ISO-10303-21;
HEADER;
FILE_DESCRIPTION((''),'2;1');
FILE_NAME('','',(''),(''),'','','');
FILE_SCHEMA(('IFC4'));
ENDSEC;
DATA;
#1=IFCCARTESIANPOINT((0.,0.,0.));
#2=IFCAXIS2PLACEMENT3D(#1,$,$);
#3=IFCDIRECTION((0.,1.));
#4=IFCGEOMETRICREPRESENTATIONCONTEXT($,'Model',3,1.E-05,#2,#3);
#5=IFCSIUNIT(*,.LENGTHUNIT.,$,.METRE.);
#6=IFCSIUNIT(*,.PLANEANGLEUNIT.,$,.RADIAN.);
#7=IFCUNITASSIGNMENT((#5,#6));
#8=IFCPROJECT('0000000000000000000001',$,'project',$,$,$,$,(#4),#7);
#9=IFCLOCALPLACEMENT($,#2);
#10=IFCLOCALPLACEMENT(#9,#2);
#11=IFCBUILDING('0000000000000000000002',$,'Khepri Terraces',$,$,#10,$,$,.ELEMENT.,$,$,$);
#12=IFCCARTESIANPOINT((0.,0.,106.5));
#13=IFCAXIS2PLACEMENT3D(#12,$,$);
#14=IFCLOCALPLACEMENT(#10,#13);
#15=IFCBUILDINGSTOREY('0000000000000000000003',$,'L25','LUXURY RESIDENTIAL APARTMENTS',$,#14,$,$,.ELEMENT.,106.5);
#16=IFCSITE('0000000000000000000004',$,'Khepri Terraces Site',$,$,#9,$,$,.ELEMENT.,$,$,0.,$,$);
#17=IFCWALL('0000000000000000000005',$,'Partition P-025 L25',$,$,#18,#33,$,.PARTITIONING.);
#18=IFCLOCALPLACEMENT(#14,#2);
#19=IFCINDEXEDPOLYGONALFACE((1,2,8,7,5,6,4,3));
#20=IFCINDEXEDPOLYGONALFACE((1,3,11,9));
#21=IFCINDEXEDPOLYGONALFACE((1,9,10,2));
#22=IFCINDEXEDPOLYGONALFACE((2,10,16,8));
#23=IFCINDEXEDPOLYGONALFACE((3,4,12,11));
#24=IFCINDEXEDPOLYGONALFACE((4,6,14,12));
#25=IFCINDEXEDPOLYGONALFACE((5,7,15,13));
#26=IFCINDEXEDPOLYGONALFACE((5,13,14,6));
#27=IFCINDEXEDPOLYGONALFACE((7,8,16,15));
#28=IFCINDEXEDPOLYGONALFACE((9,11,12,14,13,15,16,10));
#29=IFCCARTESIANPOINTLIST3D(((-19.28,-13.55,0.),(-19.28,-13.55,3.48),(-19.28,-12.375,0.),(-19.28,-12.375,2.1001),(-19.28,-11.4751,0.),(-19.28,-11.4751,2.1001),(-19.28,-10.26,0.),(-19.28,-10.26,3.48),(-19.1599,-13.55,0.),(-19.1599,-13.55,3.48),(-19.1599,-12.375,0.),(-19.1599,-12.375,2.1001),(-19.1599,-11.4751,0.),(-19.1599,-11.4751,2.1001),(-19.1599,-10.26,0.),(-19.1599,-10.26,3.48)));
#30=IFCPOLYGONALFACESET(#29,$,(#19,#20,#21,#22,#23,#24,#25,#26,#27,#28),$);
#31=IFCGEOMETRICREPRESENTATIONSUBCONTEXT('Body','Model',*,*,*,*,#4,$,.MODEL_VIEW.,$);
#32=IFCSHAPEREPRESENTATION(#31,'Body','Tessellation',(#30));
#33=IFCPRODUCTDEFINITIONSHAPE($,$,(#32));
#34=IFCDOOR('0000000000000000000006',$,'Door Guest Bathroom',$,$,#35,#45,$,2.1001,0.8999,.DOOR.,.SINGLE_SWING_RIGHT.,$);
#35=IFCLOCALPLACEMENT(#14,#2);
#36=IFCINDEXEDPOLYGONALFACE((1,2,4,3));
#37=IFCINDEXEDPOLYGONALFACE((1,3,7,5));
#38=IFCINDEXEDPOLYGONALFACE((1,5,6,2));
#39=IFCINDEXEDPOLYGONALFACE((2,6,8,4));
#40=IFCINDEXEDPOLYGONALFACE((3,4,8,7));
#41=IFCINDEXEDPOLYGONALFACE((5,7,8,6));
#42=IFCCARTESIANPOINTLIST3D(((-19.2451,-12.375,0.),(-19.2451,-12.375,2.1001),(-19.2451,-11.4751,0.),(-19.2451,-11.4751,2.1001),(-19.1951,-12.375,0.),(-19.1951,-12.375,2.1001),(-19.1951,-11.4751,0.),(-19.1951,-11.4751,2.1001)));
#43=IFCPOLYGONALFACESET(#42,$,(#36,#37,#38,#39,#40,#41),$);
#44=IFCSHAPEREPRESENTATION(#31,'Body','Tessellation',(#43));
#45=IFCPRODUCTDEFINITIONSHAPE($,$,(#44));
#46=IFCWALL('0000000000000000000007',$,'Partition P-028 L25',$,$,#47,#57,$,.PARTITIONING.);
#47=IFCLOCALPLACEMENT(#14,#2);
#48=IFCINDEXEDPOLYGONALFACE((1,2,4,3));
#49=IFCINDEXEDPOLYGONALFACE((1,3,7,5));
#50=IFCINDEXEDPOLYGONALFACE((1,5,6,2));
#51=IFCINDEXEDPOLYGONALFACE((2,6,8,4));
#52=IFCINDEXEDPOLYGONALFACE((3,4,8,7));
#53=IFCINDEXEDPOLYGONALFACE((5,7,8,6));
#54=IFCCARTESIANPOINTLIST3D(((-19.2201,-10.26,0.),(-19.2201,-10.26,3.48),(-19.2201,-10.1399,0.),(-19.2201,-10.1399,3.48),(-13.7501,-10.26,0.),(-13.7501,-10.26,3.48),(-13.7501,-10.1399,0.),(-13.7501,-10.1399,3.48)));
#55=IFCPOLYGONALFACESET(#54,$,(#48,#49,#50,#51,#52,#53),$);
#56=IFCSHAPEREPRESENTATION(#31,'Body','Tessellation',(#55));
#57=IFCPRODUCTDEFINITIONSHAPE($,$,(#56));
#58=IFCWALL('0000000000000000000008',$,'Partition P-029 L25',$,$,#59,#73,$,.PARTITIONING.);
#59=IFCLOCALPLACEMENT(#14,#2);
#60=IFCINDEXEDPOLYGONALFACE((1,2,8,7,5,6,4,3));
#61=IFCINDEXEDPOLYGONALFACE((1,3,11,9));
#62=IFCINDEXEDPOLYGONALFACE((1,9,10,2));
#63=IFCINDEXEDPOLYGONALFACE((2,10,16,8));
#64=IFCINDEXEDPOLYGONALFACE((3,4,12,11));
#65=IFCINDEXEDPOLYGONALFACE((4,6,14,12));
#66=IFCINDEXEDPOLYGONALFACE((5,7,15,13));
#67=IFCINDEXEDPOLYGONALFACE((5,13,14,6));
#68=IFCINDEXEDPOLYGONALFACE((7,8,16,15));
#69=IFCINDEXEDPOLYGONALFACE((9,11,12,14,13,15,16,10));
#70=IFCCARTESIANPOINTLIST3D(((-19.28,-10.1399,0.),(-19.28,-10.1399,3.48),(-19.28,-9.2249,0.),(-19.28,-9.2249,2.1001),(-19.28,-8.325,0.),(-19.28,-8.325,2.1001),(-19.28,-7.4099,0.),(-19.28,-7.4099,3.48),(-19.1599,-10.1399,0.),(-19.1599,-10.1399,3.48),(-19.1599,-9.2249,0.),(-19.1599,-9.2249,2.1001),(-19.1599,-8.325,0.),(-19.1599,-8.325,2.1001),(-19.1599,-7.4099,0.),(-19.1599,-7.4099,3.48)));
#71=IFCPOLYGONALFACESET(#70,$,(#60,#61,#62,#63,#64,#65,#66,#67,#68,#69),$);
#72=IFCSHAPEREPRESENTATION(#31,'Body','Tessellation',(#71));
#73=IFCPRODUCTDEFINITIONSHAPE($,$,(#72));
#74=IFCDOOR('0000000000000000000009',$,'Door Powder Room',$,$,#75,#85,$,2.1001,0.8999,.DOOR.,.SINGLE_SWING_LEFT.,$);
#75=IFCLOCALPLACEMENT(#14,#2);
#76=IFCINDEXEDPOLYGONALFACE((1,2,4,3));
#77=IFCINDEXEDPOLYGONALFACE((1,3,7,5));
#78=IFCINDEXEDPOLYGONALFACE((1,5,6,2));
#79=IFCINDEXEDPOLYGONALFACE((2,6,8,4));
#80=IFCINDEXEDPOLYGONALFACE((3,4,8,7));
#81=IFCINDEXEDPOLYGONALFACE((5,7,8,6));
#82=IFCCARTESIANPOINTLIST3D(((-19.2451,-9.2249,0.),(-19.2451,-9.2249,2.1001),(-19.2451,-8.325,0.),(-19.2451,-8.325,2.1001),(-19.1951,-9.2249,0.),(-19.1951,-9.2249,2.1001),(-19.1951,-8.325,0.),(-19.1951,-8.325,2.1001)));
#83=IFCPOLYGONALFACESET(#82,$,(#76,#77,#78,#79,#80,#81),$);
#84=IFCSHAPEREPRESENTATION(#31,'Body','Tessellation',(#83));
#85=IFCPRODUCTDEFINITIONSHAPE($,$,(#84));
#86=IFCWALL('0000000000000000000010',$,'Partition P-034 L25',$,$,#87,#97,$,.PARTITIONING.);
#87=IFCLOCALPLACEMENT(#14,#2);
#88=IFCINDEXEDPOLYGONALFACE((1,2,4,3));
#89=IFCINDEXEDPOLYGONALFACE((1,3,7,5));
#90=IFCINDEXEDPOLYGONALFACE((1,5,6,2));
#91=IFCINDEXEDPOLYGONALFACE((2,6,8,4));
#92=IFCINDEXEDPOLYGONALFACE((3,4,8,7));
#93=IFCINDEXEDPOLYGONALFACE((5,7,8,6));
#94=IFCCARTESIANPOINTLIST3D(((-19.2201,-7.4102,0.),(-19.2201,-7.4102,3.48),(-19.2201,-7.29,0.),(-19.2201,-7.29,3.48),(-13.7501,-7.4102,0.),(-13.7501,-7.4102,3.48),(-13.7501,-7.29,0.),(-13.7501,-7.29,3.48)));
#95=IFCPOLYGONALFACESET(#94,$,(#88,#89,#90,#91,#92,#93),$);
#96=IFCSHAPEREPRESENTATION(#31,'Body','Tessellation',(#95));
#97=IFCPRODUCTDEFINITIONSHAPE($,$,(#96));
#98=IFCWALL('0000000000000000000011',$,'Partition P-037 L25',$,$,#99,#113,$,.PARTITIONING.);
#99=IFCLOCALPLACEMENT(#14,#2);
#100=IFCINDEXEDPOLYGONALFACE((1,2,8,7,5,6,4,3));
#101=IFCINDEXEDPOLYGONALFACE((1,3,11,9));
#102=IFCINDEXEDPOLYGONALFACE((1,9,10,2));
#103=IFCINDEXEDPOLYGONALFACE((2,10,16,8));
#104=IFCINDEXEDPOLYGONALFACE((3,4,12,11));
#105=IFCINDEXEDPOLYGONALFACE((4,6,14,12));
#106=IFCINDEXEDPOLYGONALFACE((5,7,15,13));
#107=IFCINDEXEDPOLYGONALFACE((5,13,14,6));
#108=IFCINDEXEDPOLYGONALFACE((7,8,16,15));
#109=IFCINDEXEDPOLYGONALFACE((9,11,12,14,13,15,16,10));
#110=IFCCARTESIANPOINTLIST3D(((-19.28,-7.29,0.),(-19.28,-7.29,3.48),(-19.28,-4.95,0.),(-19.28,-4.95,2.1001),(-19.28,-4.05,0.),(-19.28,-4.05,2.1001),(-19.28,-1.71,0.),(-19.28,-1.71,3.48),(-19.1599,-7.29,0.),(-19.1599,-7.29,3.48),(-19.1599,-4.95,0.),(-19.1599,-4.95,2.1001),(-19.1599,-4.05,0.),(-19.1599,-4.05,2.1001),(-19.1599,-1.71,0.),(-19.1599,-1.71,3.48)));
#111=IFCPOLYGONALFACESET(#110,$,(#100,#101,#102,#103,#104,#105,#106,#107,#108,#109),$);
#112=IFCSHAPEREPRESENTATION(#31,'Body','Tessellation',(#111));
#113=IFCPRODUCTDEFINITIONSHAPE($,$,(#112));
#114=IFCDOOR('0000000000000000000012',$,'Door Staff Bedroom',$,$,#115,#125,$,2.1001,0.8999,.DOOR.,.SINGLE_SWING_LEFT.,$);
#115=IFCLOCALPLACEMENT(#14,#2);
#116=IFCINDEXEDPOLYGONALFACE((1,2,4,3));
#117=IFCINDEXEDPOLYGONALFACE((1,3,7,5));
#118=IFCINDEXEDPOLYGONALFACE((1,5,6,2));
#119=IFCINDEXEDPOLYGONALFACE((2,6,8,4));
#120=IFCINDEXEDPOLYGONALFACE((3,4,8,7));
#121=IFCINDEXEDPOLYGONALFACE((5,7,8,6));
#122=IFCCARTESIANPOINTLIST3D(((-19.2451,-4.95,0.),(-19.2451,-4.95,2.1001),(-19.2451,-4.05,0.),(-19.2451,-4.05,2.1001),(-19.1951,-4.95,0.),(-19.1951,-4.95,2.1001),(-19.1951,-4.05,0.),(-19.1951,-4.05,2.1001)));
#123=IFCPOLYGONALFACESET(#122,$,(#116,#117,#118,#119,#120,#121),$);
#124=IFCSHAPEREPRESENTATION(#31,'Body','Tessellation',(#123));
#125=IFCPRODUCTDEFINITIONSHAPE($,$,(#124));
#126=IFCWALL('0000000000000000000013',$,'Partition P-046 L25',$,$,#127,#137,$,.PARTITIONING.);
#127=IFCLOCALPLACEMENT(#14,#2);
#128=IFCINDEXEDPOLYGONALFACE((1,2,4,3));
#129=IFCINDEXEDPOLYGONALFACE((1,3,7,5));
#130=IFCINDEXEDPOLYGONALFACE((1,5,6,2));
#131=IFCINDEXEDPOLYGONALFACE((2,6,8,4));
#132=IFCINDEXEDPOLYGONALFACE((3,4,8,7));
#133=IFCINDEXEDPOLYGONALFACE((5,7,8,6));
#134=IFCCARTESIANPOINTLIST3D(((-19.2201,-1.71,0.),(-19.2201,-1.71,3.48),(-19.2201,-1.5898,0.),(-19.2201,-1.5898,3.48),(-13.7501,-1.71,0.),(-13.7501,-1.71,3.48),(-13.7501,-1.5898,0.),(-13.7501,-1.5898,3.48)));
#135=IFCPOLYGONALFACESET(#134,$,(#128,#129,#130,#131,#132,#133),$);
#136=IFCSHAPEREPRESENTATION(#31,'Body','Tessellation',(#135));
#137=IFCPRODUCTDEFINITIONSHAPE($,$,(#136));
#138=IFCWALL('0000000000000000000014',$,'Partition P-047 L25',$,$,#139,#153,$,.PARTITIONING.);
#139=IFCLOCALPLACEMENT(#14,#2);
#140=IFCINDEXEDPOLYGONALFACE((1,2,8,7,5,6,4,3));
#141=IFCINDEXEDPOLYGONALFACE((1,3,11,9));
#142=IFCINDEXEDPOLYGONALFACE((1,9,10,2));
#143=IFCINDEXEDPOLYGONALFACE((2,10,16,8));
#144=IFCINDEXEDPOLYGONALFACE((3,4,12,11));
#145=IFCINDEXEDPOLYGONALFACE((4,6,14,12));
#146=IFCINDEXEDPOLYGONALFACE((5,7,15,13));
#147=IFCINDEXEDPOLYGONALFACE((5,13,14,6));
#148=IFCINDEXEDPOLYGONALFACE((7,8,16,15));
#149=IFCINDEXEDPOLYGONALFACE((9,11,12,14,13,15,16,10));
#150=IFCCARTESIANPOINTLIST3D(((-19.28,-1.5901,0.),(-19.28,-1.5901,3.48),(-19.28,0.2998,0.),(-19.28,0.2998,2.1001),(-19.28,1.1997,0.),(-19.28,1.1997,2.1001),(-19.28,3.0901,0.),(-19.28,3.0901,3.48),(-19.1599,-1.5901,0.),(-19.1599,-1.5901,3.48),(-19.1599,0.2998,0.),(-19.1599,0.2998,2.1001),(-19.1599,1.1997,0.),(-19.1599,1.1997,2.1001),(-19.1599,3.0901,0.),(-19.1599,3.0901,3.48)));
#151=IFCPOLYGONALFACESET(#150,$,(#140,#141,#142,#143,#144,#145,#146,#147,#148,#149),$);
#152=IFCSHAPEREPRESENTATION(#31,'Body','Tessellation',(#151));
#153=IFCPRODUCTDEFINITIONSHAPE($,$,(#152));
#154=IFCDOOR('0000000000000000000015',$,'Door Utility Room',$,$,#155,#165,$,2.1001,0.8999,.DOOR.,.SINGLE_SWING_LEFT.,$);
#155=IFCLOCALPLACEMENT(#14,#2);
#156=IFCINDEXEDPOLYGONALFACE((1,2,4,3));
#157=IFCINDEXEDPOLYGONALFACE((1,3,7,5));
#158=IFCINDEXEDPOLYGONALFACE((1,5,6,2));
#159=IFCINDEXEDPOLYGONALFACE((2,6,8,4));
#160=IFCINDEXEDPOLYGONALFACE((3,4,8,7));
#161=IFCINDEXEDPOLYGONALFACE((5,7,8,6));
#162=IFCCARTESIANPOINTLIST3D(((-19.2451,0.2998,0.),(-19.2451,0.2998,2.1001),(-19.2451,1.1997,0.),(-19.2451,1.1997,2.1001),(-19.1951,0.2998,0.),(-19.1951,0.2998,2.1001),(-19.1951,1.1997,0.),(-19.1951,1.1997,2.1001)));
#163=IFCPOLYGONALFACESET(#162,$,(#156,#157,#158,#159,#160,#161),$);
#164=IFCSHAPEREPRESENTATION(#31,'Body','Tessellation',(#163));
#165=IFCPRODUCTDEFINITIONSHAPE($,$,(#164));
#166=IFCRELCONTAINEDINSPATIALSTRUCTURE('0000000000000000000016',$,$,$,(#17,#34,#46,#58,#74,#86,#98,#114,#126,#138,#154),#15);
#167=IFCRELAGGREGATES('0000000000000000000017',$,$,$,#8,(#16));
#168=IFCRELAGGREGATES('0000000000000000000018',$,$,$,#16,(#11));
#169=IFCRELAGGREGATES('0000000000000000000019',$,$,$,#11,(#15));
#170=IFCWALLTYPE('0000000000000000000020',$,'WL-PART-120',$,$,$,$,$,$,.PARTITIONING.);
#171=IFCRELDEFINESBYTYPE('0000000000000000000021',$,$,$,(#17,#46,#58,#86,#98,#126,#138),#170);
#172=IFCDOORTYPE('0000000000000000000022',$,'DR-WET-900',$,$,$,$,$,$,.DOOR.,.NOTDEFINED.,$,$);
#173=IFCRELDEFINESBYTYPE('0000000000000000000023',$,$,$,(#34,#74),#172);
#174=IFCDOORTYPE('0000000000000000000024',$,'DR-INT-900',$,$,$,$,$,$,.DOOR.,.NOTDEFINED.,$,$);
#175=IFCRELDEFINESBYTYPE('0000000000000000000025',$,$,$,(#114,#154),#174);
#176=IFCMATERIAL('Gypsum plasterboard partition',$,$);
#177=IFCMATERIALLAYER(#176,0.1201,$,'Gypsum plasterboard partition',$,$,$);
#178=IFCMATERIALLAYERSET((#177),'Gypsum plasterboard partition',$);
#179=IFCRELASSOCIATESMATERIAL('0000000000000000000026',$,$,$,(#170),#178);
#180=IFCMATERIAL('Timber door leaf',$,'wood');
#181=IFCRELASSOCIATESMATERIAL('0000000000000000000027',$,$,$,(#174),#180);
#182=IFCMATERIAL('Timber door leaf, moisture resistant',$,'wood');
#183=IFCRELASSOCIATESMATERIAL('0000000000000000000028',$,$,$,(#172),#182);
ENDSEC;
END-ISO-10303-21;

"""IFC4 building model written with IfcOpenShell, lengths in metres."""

from ifc_helpers import new_model, si_unit, direction, frame, frame_2d, origin, place, context, subcontext, project, spatial, rectangle, extrude, material, layer, layer_set, type_object, element, fill, save


model = new_model("IFC4")

# Units and contexts
model_context = context("Model", 3, precision=1e-05, world=origin(), true_north=direction((0.0, 1.0)))
body_context = subcontext(model_context, "Body", "Model", "MODEL_VIEW")
ifc_project = project(units=[si_unit("LENGTHUNIT", "METRE"), si_unit("PLANEANGLEUNIT", "RADIAN")], contexts=[model_context])

# Site, building, storey
site_placement = place(None, origin())
site = spatial("IfcSite", under=ifc_project, at=site_placement, Name="Khepri Terraces Site", CompositionType="ELEMENT", RefElevation=0.0)
building_placement = place(site_placement, origin())
building = spatial("IfcBuilding", under=site, at=building_placement, Name="Khepri Terraces", CompositionType="ELEMENT")
storey_placement = place(building_placement, frame((0.0, 0.0, 106.5)))
storey = spatial("IfcBuildingStorey", under=building, at=storey_placement, Name="L25", Description="LUXURY RESIDENTIAL APARTMENTS", CompositionType="ELEMENT", Elevation=106.5)

# Wall, opening, door
ifc_material_1 = material(Name="Gypsum plasterboard partition")
ifc_layer_1 = layer(ifc_material_1, 0.1201, Name="Gypsum plasterboard partition")
ifc_layer_set_1 = layer_set([ifc_layer_1], Name="Gypsum plasterboard partition")
wall_type_1 = type_object("IfcWallType", Name="WL-PART-120", PredefinedType="PARTITIONING", material=ifc_layer_set_1)
ifc_material_2 = material(Name="Timber door leaf", Category="wood")
door_type_1 = type_object("IfcDoorType", Name="DR-INT-900", OperationType="NOTDEFINED", PredefinedType="DOOR", material=ifc_material_2)
wall_1_placement = place(storey_placement, frame((-19.22, -13.55, 0.0), z_axis=(0.0, 0.0, 1.0), x_axis=(0.0, 1.0, 0.0)))
wall_1 = element("IfcWall", 1, at=wall_1_placement, inside=storey, type_object=wall_type_1, Name="Partition P-025 L25", PredefinedType="PARTITIONING", context=body_context, shape_type="SweptSolid", body=[
    extrude(rectangle(XDim=3.29, YDim=0.1201, at=frame_2d((1.645, 0.0))), origin(), (0.0, 0.0, 1.0), 3.48),
])
opening_1_placement = place(wall_1_placement, frame((1.175, 0.0, 0.0)))
opening_1 = element("IfcOpeningElement", 2, at=opening_1_placement, cuts=wall_1, PredefinedType="OPENING", context=body_context, shape_type="SweptSolid", body=[
    extrude(rectangle(XDim=0.8999, YDim=2.1001, at=frame_2d((0.45, 1.05))), frame((0.0, 0.0701, 0.0), z_axis=(0.0, -1.0, 0.0), x_axis=(1.0, 0.0, 0.0)), (0.0, 0.0, 1.0), 0.1401),
])
ifc_material_3 = material(Name="Timber door leaf, moisture resistant", Category="wood")
door_type_2 = type_object("IfcDoorType", Name="DR-WET-900", OperationType="NOTDEFINED", PredefinedType="DOOR", material=ifc_material_3)
door_1_placement = place(opening_1_placement, frame((0.8999, 0.0, 0.0), z_axis=(0.0, 0.0, 1.0), x_axis=(-1.0, 0.0, 0.0)))
door_1 = element("IfcDoor", 3, at=door_1_placement, inside=storey, type_object=door_type_2, Name="Door Guest Bathroom", OperationType="SINGLE_SWING_RIGHT", OverallHeight=2.1001, OverallWidth=0.8999, PredefinedType="DOOR", context=body_context, shape_type="SweptSolid", body=[
    extrude(rectangle(XDim=0.8999, YDim=2.1001, at=frame_2d((0.45, 1.05))), frame((0.0, 0.0249, 0.0), z_axis=(0.0, -1.0, 0.0), x_axis=(1.0, 0.0, 0.0)), (0.0, 0.0, 1.0), 0.05),
])
fill(opening_1, door_1)

# Wall
wall_2_placement = place(storey_placement, frame((-19.22, -10.2, 0.0), z_axis=(0.0, 0.0, 1.0), x_axis=(1.0, 0.0, 0.0)))
element("IfcWall", 4, at=wall_2_placement, inside=storey, type_object=wall_type_1, Name="Partition P-028 L25", PredefinedType="PARTITIONING", context=body_context, shape_type="SweptSolid", body=[
    extrude(rectangle(XDim=5.47, YDim=0.1201, at=frame_2d((2.7349, 0.0))), origin(), (0.0, 0.0, 1.0), 3.48),
])

# Wall, opening, door
wall_3_placement = place(storey_placement, frame((-19.22, -10.1399, 0.0), z_axis=(0.0, 0.0, 1.0), x_axis=(0.0, 1.0, 0.0)))
wall_3 = element("IfcWall", 5, at=wall_3_placement, inside=storey, type_object=wall_type_1, Name="Partition P-029 L25", PredefinedType="PARTITIONING", context=body_context, shape_type="SweptSolid", body=[
    extrude(rectangle(XDim=2.73, YDim=0.1201, at=frame_2d((1.365, 0.0))), origin(), (0.0, 0.0, 1.0), 3.48),
])
opening_2_placement = place(wall_3_placement, frame((0.915, 0.0, 0.0)))
opening_2 = element("IfcOpeningElement", 6, at=opening_2_placement, cuts=wall_3, PredefinedType="OPENING", context=body_context, shape_type="SweptSolid", body=[
    extrude(rectangle(XDim=0.8999, YDim=2.1001, at=frame_2d((0.45, 1.05))), frame((0.0, 0.0701, 0.0), z_axis=(0.0, -1.0, 0.0), x_axis=(1.0, 0.0, 0.0)), (0.0, 0.0, 1.0), 0.1401),
])
door_2_placement = place(opening_2_placement, frame((0.8999, 0.0, 0.0), z_axis=(0.0, 0.0, 1.0), x_axis=(-1.0, 0.0, 0.0)))
door_2 = element("IfcDoor", 7, at=door_2_placement, inside=storey, type_object=door_type_2, Name="Door Powder Room", OperationType="SINGLE_SWING_LEFT", OverallHeight=2.1001, OverallWidth=0.8999, PredefinedType="DOOR", context=body_context, shape_type="SweptSolid", body=[
    extrude(rectangle(XDim=0.8999, YDim=2.1001, at=frame_2d((0.45, 1.05))), frame((0.0, 0.0249, 0.0), z_axis=(0.0, -1.0, 0.0), x_axis=(1.0, 0.0, 0.0)), (0.0, 0.0, 1.0), 0.05),
])
fill(opening_2, door_2)

# Wall
wall_4_placement = place(storey_placement, frame((-19.22, -7.3501, 0.0), z_axis=(0.0, 0.0, 1.0), x_axis=(1.0, 0.0, 0.0)))
element("IfcWall", 8, at=wall_4_placement, inside=storey, type_object=wall_type_1, Name="Partition P-034 L25", PredefinedType="PARTITIONING", context=body_context, shape_type="SweptSolid", body=[
    extrude(rectangle(XDim=5.47, YDim=0.1201, at=frame_2d((2.7349, 0.0))), origin(), (0.0, 0.0, 1.0), 3.48),
])

# Wall, opening, door
wall_5_placement = place(storey_placement, frame((-19.22, -7.29, 0.0), z_axis=(0.0, 0.0, 1.0), x_axis=(0.0, 1.0, 0.0)))
wall_5 = element("IfcWall", 9, at=wall_5_placement, inside=storey, type_object=wall_type_1, Name="Partition P-037 L25", PredefinedType="PARTITIONING", context=body_context, shape_type="SweptSolid", body=[
    extrude(rectangle(XDim=5.5801, YDim=0.1201, at=frame_2d((2.79, 0.0))), origin(), (0.0, 0.0, 1.0), 3.48),
])
opening_3_placement = place(wall_5_placement, frame((2.3401, 0.0, 0.0)))
opening_3 = element("IfcOpeningElement", 10, at=opening_3_placement, cuts=wall_5, PredefinedType="OPENING", context=body_context, shape_type="SweptSolid", body=[
    extrude(rectangle(XDim=0.8999, YDim=2.1001, at=frame_2d((0.45, 1.05))), frame((0.0, 0.0701, 0.0), z_axis=(0.0, -1.0, 0.0), x_axis=(1.0, 0.0, 0.0)), (0.0, 0.0, 1.0), 0.1401),
])
door_3_placement = place(opening_3_placement, frame((0.8999, 0.0, 0.0), z_axis=(0.0, 0.0, 1.0), x_axis=(-1.0, 0.0, 0.0)))
door_3 = element("IfcDoor", 11, at=door_3_placement, inside=storey, type_object=door_type_1, Name="Door Staff Bedroom", OperationType="SINGLE_SWING_LEFT", OverallHeight=2.1001, OverallWidth=0.8999, PredefinedType="DOOR", context=body_context, shape_type="SweptSolid", body=[
    extrude(rectangle(XDim=0.8999, YDim=2.1001, at=frame_2d((0.45, 1.05))), frame((0.0, 0.0249, 0.0), z_axis=(0.0, -1.0, 0.0), x_axis=(1.0, 0.0, 0.0)), (0.0, 0.0, 1.0), 0.05),
])
fill(opening_3, door_3)

# Wall
wall_6_placement = place(storey_placement, frame((-19.22, -1.6499, 0.0), z_axis=(0.0, 0.0, 1.0), x_axis=(1.0, 0.0, 0.0)))
element("IfcWall", 12, at=wall_6_placement, inside=storey, type_object=wall_type_1, Name="Partition P-046 L25", PredefinedType="PARTITIONING", context=body_context, shape_type="SweptSolid", body=[
    extrude(rectangle(XDim=5.47, YDim=0.1201, at=frame_2d((2.7349, 0.0))), origin(), (0.0, 0.0, 1.0), 3.48),
])

# Wall, opening, door
wall_7_placement = place(storey_placement, frame((-19.22, -1.5901, 0.0), z_axis=(0.0, 0.0, 1.0), x_axis=(0.0, 1.0, 0.0)))
wall_7 = element("IfcWall", 13, at=wall_7_placement, inside=storey, type_object=wall_type_1, Name="Partition P-047 L25", PredefinedType="PARTITIONING", context=body_context, shape_type="SweptSolid", body=[
    extrude(rectangle(XDim=4.6802, YDim=0.1201, at=frame_2d((2.3401, 0.0))), origin(), (0.0, 0.0, 1.0), 3.48),
])
opening_4_placement = place(wall_7_placement, frame((1.8899, 0.0, 0.0)))
opening_4 = element("IfcOpeningElement", 14, at=opening_4_placement, cuts=wall_7, PredefinedType="OPENING", context=body_context, shape_type="SweptSolid", body=[
    extrude(rectangle(XDim=0.8999, YDim=2.1001, at=frame_2d((0.45, 1.05))), frame((0.0, 0.0701, 0.0), z_axis=(0.0, -1.0, 0.0), x_axis=(1.0, 0.0, 0.0)), (0.0, 0.0, 1.0), 0.1401),
])
door_4_placement = place(opening_4_placement, frame((0.8999, 0.0, 0.0), z_axis=(0.0, 0.0, 1.0), x_axis=(-1.0, 0.0, 0.0)))
door_4 = element("IfcDoor", 15, at=door_4_placement, inside=storey, type_object=door_type_1, Name="Door Utility Room", OperationType="SINGLE_SWING_LEFT", OverallHeight=2.1001, OverallWidth=0.8999, PredefinedType="DOOR", context=body_context, shape_type="SweptSolid", body=[
    extrude(rectangle(XDim=0.8999, YDim=2.1001, at=frame_2d((0.45, 1.05))), frame((0.0, 0.0249, 0.0), z_axis=(0.0, -1.0, 0.0), x_axis=(1.0, 0.0, 0.0)), (0.0, 0.0, 1.0), 0.05),
])
fill(opening_4, door_4)

save(model, "model.ifc")
